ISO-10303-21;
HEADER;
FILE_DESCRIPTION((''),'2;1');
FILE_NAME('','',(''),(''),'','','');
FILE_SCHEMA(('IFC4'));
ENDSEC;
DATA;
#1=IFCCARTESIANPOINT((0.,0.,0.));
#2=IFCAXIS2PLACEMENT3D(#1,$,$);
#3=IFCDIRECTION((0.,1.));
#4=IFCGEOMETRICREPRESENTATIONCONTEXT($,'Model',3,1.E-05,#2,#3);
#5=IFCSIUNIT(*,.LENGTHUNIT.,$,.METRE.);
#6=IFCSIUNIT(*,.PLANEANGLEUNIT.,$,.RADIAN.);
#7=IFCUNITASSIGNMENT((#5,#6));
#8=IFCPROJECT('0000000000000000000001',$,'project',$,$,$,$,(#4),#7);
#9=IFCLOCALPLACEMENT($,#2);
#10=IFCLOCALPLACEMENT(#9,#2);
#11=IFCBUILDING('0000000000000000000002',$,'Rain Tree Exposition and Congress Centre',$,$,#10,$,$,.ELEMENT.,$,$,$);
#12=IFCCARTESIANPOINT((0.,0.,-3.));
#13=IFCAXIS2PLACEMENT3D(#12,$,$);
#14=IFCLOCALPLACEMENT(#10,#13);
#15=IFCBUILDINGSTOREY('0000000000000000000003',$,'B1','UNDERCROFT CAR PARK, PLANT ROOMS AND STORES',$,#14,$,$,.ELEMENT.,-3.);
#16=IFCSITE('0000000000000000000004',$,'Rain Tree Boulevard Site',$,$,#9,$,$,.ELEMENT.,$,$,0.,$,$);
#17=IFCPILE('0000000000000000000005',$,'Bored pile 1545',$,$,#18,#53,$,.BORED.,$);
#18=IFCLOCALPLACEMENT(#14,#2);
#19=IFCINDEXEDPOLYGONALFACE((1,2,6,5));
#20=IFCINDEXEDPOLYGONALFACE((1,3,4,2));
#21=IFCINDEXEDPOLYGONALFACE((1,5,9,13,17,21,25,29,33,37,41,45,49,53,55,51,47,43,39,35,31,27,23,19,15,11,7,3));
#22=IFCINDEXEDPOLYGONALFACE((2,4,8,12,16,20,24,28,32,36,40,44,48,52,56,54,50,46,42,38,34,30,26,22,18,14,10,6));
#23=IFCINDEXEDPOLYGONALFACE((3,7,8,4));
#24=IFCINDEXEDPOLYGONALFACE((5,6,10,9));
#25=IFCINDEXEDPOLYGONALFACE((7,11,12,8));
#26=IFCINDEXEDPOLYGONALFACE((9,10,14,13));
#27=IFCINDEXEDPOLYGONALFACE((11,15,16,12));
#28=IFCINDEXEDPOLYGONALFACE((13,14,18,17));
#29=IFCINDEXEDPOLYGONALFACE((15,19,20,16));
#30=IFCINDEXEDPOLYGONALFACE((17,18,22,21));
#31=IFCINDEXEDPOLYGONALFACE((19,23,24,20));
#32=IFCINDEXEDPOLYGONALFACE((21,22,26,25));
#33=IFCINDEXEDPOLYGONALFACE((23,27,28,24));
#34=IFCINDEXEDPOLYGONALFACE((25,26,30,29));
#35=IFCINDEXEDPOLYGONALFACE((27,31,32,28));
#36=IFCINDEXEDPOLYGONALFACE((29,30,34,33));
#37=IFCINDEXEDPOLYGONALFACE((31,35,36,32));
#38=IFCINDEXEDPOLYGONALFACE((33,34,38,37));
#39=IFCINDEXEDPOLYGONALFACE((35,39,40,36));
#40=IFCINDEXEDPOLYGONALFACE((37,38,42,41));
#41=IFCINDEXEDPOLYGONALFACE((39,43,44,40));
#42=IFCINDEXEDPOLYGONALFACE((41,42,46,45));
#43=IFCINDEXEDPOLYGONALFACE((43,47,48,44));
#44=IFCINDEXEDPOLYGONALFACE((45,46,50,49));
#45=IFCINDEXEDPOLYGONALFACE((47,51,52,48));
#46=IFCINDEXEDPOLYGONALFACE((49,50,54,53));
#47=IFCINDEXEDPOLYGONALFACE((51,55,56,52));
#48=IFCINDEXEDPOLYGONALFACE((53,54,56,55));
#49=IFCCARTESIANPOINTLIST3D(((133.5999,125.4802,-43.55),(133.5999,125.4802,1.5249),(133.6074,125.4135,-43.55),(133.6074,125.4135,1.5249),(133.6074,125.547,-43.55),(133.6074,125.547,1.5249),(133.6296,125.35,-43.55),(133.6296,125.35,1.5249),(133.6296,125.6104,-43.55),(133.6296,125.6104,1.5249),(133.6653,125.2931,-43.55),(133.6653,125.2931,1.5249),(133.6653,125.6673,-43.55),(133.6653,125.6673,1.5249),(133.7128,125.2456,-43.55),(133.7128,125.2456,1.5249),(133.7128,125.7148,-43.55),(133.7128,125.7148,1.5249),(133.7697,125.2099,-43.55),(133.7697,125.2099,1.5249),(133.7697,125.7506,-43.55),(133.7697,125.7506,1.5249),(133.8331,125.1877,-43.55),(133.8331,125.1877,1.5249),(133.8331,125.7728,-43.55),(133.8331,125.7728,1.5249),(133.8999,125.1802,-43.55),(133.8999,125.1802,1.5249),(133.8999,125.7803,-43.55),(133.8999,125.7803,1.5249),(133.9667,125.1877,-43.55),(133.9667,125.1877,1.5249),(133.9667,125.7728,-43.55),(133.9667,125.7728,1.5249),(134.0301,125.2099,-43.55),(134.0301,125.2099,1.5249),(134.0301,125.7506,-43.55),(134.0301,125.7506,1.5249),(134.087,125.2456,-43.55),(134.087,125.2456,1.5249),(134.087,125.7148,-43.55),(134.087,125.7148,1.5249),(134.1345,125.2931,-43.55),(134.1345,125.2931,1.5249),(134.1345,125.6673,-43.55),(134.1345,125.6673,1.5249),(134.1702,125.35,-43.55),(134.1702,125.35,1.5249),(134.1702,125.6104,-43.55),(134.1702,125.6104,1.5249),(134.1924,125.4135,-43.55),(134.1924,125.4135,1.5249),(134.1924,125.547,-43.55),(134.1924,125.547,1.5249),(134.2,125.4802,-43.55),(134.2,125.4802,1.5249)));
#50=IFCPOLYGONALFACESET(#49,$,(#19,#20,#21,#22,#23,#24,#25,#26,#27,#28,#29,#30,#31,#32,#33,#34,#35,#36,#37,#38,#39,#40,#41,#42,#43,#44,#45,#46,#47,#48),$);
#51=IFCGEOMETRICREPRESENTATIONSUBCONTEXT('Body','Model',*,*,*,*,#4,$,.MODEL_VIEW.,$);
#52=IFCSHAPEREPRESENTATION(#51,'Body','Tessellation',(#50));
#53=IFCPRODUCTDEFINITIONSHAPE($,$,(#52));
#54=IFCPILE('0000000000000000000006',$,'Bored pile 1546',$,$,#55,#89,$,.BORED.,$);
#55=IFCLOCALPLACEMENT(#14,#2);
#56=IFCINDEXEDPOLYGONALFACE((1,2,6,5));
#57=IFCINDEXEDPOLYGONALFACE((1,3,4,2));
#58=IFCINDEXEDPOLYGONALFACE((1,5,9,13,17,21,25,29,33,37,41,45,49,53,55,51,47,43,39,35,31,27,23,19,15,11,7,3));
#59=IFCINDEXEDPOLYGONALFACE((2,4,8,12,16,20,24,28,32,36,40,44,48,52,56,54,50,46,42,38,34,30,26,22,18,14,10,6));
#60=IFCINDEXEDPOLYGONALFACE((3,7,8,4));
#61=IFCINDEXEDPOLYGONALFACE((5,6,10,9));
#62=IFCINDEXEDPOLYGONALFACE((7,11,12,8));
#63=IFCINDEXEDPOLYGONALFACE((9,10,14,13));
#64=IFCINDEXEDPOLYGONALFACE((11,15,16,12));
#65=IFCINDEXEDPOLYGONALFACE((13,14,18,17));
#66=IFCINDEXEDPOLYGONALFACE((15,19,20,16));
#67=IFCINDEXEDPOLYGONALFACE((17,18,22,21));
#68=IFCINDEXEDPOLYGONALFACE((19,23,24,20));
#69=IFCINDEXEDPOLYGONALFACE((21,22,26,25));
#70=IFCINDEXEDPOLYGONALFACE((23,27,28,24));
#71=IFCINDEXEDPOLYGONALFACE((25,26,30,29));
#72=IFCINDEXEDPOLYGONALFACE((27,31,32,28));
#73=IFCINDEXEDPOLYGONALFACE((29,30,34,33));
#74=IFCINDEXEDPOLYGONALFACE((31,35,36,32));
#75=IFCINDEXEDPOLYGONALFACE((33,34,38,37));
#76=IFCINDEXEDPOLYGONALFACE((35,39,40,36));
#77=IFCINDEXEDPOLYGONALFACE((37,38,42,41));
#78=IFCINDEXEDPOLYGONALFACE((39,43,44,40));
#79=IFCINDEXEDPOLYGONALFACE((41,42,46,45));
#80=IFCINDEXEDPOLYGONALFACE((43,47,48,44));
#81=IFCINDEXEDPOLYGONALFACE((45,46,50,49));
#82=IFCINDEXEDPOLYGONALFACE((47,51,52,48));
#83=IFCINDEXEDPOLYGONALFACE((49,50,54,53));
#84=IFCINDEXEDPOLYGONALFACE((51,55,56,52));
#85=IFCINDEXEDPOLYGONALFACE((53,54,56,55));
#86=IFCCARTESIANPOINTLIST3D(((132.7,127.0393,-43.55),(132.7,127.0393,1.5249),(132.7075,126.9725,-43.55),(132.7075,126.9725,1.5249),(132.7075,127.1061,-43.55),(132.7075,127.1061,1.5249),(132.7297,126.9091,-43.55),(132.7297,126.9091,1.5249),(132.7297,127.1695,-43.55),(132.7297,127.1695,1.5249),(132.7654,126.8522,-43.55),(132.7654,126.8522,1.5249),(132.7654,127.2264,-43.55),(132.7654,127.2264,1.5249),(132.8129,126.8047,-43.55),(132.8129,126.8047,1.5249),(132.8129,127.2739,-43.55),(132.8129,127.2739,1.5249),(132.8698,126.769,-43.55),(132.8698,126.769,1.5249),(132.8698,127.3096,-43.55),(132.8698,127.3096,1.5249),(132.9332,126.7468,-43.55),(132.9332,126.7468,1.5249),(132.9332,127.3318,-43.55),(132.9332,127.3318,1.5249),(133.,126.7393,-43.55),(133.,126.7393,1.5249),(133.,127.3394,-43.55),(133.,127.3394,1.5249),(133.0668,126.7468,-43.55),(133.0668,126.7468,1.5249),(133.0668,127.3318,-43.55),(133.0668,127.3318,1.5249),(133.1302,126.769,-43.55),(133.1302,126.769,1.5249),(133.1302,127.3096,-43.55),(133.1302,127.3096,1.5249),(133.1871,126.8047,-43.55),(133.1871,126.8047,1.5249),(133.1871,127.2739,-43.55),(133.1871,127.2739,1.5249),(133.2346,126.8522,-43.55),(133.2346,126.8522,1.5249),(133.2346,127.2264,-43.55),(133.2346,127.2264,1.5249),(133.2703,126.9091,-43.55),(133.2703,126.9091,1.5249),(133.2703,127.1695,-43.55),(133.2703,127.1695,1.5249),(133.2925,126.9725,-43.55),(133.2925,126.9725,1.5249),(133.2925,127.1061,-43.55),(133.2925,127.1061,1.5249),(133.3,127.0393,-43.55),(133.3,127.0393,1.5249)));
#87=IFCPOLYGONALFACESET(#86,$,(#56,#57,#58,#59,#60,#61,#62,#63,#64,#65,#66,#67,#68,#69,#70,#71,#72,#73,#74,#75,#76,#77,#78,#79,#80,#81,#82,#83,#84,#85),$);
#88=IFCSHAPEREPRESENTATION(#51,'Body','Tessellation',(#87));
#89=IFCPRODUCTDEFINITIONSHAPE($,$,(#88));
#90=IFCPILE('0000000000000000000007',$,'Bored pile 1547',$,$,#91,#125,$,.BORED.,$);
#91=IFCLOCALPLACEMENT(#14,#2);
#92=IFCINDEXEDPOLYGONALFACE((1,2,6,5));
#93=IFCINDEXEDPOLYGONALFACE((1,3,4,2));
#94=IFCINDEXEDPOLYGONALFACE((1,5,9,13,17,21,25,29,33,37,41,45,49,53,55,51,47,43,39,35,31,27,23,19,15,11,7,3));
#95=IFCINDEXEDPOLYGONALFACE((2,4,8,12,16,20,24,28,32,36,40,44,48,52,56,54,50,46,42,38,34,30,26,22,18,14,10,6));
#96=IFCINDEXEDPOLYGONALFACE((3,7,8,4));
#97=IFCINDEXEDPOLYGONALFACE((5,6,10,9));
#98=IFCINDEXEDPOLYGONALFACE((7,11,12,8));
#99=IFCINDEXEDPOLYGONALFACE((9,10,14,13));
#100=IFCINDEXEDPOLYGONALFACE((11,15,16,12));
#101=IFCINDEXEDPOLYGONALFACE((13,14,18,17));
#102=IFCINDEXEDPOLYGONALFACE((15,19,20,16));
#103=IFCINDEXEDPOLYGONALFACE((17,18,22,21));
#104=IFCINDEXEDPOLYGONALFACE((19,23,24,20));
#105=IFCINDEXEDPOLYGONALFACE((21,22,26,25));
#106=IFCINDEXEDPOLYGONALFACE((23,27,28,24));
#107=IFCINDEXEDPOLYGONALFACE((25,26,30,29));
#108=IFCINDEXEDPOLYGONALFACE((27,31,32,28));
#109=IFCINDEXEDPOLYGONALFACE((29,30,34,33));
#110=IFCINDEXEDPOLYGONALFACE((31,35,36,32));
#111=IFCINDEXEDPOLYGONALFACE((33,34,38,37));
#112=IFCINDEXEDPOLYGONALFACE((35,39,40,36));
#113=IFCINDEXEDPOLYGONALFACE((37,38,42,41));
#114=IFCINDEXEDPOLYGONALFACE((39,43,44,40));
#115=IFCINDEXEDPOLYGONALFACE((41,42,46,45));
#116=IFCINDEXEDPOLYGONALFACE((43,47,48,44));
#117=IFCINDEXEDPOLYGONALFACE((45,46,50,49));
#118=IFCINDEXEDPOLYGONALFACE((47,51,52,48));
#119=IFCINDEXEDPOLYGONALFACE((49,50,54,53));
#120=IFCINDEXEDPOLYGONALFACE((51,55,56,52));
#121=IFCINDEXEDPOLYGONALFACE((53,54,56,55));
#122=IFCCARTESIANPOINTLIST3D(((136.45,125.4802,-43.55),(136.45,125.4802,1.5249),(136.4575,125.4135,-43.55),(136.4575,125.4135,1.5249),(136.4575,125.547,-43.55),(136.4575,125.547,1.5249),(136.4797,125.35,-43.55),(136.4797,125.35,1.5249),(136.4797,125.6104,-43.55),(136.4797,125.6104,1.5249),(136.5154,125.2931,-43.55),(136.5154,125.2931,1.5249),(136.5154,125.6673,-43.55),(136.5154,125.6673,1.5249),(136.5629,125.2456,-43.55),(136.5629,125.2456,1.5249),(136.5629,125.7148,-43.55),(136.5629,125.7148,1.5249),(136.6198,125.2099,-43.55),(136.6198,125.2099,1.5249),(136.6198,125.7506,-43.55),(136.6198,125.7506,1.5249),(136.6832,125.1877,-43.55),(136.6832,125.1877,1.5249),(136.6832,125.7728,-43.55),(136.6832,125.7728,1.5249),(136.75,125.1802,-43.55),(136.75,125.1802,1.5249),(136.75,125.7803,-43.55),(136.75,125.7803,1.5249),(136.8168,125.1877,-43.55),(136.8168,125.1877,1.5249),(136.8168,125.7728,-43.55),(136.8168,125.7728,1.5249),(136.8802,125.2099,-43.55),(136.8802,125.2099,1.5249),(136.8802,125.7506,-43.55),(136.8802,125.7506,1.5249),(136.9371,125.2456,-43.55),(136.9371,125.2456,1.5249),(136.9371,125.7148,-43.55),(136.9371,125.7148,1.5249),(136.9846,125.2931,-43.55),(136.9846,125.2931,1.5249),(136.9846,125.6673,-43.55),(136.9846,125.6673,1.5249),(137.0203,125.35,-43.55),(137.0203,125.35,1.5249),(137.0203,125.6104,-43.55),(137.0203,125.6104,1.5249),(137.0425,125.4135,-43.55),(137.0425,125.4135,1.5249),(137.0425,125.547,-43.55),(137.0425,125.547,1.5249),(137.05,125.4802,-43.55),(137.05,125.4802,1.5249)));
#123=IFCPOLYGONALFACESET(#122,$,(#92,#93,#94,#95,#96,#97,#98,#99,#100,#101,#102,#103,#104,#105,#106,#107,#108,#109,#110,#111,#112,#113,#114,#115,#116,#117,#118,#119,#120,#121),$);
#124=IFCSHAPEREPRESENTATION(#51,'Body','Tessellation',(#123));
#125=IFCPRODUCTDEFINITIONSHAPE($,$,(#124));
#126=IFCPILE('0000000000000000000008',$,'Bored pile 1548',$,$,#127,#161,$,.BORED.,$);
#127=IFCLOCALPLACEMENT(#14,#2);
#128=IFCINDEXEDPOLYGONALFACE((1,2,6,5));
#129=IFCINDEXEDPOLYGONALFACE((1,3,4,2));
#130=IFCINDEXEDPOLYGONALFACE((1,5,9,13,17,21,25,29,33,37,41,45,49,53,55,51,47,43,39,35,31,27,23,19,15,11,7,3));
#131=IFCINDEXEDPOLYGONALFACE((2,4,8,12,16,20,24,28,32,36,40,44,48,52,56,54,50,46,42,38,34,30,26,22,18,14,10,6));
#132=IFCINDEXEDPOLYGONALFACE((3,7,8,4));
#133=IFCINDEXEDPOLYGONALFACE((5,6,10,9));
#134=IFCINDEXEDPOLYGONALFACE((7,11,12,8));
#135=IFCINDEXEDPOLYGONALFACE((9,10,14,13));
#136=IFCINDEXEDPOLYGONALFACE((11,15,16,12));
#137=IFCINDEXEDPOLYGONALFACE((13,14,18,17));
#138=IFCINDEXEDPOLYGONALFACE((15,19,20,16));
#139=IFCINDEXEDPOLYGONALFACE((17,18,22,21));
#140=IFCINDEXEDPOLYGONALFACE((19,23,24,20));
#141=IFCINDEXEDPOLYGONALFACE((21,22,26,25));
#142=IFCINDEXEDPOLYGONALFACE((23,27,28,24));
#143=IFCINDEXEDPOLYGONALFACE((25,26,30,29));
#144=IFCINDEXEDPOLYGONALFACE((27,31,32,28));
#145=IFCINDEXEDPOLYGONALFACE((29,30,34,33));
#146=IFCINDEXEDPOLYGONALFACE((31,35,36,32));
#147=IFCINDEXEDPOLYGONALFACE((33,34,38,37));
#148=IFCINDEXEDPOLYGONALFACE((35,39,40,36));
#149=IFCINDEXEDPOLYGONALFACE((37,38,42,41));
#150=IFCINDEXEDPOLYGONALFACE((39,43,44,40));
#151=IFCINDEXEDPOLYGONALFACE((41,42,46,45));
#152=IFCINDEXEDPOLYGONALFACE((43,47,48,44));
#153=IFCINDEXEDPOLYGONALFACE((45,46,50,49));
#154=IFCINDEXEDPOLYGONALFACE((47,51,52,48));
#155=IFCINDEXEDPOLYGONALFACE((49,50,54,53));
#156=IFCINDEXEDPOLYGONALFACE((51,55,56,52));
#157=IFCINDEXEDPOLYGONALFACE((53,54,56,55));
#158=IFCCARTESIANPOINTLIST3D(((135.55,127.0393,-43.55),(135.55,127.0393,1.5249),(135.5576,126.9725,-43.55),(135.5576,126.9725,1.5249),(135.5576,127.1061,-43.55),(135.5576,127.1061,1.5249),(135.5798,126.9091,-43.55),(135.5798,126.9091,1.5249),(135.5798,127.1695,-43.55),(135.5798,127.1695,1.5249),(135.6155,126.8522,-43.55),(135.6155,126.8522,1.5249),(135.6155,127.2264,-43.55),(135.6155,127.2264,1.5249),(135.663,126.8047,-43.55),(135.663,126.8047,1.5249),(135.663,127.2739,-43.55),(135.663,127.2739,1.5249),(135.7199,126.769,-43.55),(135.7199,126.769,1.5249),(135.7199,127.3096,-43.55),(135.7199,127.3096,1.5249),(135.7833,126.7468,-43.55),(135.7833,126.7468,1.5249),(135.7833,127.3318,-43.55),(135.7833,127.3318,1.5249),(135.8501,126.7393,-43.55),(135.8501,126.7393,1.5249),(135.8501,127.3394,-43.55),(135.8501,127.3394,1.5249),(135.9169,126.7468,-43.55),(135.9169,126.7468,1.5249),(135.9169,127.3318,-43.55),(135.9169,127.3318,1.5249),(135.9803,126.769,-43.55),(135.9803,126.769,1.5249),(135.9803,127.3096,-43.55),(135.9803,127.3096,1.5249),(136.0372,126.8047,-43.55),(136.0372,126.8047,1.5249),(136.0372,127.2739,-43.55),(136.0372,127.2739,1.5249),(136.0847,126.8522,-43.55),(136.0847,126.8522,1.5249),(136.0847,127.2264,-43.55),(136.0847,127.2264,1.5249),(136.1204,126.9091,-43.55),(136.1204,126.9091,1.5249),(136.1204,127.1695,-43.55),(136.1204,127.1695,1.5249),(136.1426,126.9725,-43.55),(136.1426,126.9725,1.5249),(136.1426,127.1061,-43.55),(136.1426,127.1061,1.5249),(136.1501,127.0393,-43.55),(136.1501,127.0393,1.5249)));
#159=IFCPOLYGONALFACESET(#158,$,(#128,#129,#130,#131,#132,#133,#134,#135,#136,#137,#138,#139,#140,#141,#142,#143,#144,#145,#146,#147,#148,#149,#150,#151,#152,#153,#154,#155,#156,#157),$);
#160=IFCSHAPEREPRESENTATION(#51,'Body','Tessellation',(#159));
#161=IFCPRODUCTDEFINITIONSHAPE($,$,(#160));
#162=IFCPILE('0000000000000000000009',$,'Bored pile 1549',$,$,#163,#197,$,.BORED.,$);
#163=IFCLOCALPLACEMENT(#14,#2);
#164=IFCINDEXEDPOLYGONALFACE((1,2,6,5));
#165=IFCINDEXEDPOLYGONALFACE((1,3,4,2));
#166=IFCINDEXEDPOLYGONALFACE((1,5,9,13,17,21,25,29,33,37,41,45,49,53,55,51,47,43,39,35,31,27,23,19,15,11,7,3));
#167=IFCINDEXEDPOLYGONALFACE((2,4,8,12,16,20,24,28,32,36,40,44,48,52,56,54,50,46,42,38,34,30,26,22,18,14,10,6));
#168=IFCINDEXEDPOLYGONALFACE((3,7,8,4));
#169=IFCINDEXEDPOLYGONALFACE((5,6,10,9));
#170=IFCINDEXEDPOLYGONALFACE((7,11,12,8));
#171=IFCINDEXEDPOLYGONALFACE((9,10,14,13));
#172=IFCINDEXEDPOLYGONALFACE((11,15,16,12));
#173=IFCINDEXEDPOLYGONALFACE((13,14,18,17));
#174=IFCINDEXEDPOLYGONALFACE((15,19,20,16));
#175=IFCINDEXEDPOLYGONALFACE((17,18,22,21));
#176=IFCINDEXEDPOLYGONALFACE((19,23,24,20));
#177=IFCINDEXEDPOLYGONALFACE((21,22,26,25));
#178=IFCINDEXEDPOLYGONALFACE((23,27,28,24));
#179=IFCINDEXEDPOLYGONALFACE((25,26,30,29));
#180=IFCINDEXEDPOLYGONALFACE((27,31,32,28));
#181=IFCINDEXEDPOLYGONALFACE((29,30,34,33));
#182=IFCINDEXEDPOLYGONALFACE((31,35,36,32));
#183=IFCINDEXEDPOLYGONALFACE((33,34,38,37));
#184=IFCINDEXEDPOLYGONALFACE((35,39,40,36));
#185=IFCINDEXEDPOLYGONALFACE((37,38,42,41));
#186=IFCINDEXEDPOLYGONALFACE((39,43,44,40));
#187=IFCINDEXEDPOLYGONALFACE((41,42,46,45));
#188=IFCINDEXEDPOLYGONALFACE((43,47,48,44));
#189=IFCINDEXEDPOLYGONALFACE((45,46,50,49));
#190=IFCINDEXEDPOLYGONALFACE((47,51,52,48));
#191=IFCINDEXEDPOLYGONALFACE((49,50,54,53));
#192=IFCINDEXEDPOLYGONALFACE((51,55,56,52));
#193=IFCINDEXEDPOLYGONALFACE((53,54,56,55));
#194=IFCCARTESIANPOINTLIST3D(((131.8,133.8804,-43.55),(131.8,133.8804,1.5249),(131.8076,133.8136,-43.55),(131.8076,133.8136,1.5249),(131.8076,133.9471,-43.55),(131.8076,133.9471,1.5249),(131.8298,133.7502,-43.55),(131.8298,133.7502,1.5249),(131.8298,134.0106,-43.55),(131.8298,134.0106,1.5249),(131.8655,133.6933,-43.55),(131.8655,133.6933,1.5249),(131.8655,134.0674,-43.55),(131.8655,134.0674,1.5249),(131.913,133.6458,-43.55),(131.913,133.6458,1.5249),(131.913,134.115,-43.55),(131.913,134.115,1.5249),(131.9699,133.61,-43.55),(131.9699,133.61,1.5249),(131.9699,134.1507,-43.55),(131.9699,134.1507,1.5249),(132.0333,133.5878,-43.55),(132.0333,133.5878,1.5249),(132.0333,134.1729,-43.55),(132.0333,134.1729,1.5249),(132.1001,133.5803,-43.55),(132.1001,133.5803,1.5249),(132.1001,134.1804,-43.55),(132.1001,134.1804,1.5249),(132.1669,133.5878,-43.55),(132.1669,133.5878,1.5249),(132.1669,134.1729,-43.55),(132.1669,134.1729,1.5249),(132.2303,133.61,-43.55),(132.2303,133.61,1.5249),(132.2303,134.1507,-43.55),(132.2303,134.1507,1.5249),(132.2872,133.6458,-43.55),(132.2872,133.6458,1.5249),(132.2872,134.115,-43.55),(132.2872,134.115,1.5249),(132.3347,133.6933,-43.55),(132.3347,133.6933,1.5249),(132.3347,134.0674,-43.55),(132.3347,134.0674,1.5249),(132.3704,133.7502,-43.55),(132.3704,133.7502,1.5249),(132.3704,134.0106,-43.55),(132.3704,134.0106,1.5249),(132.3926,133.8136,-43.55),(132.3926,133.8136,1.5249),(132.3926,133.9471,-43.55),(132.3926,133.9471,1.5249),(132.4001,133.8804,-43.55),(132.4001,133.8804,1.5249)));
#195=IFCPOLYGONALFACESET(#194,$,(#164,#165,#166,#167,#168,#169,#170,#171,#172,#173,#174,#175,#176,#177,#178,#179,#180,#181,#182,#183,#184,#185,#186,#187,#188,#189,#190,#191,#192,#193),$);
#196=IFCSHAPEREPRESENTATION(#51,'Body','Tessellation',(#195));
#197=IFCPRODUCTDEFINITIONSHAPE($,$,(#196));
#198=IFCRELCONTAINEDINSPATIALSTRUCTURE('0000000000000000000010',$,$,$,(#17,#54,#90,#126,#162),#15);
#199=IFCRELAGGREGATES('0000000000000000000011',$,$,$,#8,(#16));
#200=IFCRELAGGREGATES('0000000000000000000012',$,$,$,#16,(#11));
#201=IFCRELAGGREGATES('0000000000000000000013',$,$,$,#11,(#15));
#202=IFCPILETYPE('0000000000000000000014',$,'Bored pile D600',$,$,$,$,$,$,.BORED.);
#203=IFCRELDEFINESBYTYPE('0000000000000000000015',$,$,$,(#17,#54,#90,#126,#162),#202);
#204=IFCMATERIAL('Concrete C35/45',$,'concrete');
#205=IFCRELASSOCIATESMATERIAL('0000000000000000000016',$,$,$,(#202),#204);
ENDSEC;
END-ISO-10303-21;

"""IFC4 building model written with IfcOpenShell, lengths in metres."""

from ifc_helpers import new_model, si_unit, direction, frame, origin, origin_2d, place, context, subcontext, project, spatial, circle, extrude, material, material_profile, profile_set, type_object, element, save


model = new_model("IFC4")

# Units and contexts
model_context = context("Model", 3, precision=1e-05, world=origin(), true_north=direction((0.0, 1.0)))
body_context = subcontext(model_context, "Body", "Model", "MODEL_VIEW")
ifc_project = project(units=[si_unit("LENGTHUNIT", "METRE"), si_unit("PLANEANGLEUNIT", "RADIAN")], contexts=[model_context])

# Site, building, storey
site_placement = place(None, origin())
site = spatial("IfcSite", under=ifc_project, at=site_placement, Name="Rain Tree Boulevard Site", CompositionType="ELEMENT", RefElevation=0.0)
building_placement = place(site_placement, origin())
building = spatial("IfcBuilding", under=site, at=building_placement, Name="Rain Tree Exposition and Congress Centre", CompositionType="ELEMENT")
storey_placement = place(building_placement, frame((0.0, 0.0, -3.0)))
storey = spatial("IfcBuildingStorey", under=building, at=storey_placement, Name="B1", Description="UNDERCROFT CAR PARK, PLANT ROOMS AND STORES", CompositionType="ELEMENT", Elevation=-3.0)

# Piles
ifc_material_1 = material(Name="Concrete C35/45", Category="concrete")
ifc_material_profile_1 = material_profile(ifc_material_1, circle(Radius=0.3, at=origin_2d()), Name="D600")
ifc_profile_set_1 = profile_set([ifc_material_profile_1], Name="Concrete C35/45")
pile_type_1 = type_object("IfcPileType", Name="Bored pile D600", PredefinedType="BORED", material=ifc_profile_set_1)
for number, where, z_axis, x_axis, name in (
    (1, (133.8999, 125.4802, 1.5249), (0.0, 0.0, -1.0), (1.0, 0.0, 0.0), "Bored pile 1545"),
    (2, (133.0, 127.0393, 1.5249), (0.0, 0.0, -1.0), (1.0, 0.0, 0.0), "Bored pile 1546"),
    (3, (136.75, 125.4802, 1.5249), (0.0, 0.0, -1.0), (1.0, 0.0, 0.0), "Bored pile 1547"),
    (4, (135.8501, 127.0393, 1.5249), (0.0, 0.0, -1.0), (1.0, 0.0, 0.0), "Bored pile 1548"),
    (5, (132.1001, 133.8804, 1.5249), (0.0, 0.0, -1.0), (1.0, 0.0, 0.0), "Bored pile 1549"),
):
    element("IfcPile", number, at=place(storey_placement, frame(where, z_axis=z_axis, x_axis=x_axis)), inside=storey, type_object=pile_type_1, Name=name, PredefinedType="BORED", context=body_context, shape_type="SweptSolid", body=[
        extrude(circle(Radius=0.3, at=origin_2d()), origin(), (0.0, 0.0, 1.0), 45.075),
    ])

save(model, "model.ifc")
